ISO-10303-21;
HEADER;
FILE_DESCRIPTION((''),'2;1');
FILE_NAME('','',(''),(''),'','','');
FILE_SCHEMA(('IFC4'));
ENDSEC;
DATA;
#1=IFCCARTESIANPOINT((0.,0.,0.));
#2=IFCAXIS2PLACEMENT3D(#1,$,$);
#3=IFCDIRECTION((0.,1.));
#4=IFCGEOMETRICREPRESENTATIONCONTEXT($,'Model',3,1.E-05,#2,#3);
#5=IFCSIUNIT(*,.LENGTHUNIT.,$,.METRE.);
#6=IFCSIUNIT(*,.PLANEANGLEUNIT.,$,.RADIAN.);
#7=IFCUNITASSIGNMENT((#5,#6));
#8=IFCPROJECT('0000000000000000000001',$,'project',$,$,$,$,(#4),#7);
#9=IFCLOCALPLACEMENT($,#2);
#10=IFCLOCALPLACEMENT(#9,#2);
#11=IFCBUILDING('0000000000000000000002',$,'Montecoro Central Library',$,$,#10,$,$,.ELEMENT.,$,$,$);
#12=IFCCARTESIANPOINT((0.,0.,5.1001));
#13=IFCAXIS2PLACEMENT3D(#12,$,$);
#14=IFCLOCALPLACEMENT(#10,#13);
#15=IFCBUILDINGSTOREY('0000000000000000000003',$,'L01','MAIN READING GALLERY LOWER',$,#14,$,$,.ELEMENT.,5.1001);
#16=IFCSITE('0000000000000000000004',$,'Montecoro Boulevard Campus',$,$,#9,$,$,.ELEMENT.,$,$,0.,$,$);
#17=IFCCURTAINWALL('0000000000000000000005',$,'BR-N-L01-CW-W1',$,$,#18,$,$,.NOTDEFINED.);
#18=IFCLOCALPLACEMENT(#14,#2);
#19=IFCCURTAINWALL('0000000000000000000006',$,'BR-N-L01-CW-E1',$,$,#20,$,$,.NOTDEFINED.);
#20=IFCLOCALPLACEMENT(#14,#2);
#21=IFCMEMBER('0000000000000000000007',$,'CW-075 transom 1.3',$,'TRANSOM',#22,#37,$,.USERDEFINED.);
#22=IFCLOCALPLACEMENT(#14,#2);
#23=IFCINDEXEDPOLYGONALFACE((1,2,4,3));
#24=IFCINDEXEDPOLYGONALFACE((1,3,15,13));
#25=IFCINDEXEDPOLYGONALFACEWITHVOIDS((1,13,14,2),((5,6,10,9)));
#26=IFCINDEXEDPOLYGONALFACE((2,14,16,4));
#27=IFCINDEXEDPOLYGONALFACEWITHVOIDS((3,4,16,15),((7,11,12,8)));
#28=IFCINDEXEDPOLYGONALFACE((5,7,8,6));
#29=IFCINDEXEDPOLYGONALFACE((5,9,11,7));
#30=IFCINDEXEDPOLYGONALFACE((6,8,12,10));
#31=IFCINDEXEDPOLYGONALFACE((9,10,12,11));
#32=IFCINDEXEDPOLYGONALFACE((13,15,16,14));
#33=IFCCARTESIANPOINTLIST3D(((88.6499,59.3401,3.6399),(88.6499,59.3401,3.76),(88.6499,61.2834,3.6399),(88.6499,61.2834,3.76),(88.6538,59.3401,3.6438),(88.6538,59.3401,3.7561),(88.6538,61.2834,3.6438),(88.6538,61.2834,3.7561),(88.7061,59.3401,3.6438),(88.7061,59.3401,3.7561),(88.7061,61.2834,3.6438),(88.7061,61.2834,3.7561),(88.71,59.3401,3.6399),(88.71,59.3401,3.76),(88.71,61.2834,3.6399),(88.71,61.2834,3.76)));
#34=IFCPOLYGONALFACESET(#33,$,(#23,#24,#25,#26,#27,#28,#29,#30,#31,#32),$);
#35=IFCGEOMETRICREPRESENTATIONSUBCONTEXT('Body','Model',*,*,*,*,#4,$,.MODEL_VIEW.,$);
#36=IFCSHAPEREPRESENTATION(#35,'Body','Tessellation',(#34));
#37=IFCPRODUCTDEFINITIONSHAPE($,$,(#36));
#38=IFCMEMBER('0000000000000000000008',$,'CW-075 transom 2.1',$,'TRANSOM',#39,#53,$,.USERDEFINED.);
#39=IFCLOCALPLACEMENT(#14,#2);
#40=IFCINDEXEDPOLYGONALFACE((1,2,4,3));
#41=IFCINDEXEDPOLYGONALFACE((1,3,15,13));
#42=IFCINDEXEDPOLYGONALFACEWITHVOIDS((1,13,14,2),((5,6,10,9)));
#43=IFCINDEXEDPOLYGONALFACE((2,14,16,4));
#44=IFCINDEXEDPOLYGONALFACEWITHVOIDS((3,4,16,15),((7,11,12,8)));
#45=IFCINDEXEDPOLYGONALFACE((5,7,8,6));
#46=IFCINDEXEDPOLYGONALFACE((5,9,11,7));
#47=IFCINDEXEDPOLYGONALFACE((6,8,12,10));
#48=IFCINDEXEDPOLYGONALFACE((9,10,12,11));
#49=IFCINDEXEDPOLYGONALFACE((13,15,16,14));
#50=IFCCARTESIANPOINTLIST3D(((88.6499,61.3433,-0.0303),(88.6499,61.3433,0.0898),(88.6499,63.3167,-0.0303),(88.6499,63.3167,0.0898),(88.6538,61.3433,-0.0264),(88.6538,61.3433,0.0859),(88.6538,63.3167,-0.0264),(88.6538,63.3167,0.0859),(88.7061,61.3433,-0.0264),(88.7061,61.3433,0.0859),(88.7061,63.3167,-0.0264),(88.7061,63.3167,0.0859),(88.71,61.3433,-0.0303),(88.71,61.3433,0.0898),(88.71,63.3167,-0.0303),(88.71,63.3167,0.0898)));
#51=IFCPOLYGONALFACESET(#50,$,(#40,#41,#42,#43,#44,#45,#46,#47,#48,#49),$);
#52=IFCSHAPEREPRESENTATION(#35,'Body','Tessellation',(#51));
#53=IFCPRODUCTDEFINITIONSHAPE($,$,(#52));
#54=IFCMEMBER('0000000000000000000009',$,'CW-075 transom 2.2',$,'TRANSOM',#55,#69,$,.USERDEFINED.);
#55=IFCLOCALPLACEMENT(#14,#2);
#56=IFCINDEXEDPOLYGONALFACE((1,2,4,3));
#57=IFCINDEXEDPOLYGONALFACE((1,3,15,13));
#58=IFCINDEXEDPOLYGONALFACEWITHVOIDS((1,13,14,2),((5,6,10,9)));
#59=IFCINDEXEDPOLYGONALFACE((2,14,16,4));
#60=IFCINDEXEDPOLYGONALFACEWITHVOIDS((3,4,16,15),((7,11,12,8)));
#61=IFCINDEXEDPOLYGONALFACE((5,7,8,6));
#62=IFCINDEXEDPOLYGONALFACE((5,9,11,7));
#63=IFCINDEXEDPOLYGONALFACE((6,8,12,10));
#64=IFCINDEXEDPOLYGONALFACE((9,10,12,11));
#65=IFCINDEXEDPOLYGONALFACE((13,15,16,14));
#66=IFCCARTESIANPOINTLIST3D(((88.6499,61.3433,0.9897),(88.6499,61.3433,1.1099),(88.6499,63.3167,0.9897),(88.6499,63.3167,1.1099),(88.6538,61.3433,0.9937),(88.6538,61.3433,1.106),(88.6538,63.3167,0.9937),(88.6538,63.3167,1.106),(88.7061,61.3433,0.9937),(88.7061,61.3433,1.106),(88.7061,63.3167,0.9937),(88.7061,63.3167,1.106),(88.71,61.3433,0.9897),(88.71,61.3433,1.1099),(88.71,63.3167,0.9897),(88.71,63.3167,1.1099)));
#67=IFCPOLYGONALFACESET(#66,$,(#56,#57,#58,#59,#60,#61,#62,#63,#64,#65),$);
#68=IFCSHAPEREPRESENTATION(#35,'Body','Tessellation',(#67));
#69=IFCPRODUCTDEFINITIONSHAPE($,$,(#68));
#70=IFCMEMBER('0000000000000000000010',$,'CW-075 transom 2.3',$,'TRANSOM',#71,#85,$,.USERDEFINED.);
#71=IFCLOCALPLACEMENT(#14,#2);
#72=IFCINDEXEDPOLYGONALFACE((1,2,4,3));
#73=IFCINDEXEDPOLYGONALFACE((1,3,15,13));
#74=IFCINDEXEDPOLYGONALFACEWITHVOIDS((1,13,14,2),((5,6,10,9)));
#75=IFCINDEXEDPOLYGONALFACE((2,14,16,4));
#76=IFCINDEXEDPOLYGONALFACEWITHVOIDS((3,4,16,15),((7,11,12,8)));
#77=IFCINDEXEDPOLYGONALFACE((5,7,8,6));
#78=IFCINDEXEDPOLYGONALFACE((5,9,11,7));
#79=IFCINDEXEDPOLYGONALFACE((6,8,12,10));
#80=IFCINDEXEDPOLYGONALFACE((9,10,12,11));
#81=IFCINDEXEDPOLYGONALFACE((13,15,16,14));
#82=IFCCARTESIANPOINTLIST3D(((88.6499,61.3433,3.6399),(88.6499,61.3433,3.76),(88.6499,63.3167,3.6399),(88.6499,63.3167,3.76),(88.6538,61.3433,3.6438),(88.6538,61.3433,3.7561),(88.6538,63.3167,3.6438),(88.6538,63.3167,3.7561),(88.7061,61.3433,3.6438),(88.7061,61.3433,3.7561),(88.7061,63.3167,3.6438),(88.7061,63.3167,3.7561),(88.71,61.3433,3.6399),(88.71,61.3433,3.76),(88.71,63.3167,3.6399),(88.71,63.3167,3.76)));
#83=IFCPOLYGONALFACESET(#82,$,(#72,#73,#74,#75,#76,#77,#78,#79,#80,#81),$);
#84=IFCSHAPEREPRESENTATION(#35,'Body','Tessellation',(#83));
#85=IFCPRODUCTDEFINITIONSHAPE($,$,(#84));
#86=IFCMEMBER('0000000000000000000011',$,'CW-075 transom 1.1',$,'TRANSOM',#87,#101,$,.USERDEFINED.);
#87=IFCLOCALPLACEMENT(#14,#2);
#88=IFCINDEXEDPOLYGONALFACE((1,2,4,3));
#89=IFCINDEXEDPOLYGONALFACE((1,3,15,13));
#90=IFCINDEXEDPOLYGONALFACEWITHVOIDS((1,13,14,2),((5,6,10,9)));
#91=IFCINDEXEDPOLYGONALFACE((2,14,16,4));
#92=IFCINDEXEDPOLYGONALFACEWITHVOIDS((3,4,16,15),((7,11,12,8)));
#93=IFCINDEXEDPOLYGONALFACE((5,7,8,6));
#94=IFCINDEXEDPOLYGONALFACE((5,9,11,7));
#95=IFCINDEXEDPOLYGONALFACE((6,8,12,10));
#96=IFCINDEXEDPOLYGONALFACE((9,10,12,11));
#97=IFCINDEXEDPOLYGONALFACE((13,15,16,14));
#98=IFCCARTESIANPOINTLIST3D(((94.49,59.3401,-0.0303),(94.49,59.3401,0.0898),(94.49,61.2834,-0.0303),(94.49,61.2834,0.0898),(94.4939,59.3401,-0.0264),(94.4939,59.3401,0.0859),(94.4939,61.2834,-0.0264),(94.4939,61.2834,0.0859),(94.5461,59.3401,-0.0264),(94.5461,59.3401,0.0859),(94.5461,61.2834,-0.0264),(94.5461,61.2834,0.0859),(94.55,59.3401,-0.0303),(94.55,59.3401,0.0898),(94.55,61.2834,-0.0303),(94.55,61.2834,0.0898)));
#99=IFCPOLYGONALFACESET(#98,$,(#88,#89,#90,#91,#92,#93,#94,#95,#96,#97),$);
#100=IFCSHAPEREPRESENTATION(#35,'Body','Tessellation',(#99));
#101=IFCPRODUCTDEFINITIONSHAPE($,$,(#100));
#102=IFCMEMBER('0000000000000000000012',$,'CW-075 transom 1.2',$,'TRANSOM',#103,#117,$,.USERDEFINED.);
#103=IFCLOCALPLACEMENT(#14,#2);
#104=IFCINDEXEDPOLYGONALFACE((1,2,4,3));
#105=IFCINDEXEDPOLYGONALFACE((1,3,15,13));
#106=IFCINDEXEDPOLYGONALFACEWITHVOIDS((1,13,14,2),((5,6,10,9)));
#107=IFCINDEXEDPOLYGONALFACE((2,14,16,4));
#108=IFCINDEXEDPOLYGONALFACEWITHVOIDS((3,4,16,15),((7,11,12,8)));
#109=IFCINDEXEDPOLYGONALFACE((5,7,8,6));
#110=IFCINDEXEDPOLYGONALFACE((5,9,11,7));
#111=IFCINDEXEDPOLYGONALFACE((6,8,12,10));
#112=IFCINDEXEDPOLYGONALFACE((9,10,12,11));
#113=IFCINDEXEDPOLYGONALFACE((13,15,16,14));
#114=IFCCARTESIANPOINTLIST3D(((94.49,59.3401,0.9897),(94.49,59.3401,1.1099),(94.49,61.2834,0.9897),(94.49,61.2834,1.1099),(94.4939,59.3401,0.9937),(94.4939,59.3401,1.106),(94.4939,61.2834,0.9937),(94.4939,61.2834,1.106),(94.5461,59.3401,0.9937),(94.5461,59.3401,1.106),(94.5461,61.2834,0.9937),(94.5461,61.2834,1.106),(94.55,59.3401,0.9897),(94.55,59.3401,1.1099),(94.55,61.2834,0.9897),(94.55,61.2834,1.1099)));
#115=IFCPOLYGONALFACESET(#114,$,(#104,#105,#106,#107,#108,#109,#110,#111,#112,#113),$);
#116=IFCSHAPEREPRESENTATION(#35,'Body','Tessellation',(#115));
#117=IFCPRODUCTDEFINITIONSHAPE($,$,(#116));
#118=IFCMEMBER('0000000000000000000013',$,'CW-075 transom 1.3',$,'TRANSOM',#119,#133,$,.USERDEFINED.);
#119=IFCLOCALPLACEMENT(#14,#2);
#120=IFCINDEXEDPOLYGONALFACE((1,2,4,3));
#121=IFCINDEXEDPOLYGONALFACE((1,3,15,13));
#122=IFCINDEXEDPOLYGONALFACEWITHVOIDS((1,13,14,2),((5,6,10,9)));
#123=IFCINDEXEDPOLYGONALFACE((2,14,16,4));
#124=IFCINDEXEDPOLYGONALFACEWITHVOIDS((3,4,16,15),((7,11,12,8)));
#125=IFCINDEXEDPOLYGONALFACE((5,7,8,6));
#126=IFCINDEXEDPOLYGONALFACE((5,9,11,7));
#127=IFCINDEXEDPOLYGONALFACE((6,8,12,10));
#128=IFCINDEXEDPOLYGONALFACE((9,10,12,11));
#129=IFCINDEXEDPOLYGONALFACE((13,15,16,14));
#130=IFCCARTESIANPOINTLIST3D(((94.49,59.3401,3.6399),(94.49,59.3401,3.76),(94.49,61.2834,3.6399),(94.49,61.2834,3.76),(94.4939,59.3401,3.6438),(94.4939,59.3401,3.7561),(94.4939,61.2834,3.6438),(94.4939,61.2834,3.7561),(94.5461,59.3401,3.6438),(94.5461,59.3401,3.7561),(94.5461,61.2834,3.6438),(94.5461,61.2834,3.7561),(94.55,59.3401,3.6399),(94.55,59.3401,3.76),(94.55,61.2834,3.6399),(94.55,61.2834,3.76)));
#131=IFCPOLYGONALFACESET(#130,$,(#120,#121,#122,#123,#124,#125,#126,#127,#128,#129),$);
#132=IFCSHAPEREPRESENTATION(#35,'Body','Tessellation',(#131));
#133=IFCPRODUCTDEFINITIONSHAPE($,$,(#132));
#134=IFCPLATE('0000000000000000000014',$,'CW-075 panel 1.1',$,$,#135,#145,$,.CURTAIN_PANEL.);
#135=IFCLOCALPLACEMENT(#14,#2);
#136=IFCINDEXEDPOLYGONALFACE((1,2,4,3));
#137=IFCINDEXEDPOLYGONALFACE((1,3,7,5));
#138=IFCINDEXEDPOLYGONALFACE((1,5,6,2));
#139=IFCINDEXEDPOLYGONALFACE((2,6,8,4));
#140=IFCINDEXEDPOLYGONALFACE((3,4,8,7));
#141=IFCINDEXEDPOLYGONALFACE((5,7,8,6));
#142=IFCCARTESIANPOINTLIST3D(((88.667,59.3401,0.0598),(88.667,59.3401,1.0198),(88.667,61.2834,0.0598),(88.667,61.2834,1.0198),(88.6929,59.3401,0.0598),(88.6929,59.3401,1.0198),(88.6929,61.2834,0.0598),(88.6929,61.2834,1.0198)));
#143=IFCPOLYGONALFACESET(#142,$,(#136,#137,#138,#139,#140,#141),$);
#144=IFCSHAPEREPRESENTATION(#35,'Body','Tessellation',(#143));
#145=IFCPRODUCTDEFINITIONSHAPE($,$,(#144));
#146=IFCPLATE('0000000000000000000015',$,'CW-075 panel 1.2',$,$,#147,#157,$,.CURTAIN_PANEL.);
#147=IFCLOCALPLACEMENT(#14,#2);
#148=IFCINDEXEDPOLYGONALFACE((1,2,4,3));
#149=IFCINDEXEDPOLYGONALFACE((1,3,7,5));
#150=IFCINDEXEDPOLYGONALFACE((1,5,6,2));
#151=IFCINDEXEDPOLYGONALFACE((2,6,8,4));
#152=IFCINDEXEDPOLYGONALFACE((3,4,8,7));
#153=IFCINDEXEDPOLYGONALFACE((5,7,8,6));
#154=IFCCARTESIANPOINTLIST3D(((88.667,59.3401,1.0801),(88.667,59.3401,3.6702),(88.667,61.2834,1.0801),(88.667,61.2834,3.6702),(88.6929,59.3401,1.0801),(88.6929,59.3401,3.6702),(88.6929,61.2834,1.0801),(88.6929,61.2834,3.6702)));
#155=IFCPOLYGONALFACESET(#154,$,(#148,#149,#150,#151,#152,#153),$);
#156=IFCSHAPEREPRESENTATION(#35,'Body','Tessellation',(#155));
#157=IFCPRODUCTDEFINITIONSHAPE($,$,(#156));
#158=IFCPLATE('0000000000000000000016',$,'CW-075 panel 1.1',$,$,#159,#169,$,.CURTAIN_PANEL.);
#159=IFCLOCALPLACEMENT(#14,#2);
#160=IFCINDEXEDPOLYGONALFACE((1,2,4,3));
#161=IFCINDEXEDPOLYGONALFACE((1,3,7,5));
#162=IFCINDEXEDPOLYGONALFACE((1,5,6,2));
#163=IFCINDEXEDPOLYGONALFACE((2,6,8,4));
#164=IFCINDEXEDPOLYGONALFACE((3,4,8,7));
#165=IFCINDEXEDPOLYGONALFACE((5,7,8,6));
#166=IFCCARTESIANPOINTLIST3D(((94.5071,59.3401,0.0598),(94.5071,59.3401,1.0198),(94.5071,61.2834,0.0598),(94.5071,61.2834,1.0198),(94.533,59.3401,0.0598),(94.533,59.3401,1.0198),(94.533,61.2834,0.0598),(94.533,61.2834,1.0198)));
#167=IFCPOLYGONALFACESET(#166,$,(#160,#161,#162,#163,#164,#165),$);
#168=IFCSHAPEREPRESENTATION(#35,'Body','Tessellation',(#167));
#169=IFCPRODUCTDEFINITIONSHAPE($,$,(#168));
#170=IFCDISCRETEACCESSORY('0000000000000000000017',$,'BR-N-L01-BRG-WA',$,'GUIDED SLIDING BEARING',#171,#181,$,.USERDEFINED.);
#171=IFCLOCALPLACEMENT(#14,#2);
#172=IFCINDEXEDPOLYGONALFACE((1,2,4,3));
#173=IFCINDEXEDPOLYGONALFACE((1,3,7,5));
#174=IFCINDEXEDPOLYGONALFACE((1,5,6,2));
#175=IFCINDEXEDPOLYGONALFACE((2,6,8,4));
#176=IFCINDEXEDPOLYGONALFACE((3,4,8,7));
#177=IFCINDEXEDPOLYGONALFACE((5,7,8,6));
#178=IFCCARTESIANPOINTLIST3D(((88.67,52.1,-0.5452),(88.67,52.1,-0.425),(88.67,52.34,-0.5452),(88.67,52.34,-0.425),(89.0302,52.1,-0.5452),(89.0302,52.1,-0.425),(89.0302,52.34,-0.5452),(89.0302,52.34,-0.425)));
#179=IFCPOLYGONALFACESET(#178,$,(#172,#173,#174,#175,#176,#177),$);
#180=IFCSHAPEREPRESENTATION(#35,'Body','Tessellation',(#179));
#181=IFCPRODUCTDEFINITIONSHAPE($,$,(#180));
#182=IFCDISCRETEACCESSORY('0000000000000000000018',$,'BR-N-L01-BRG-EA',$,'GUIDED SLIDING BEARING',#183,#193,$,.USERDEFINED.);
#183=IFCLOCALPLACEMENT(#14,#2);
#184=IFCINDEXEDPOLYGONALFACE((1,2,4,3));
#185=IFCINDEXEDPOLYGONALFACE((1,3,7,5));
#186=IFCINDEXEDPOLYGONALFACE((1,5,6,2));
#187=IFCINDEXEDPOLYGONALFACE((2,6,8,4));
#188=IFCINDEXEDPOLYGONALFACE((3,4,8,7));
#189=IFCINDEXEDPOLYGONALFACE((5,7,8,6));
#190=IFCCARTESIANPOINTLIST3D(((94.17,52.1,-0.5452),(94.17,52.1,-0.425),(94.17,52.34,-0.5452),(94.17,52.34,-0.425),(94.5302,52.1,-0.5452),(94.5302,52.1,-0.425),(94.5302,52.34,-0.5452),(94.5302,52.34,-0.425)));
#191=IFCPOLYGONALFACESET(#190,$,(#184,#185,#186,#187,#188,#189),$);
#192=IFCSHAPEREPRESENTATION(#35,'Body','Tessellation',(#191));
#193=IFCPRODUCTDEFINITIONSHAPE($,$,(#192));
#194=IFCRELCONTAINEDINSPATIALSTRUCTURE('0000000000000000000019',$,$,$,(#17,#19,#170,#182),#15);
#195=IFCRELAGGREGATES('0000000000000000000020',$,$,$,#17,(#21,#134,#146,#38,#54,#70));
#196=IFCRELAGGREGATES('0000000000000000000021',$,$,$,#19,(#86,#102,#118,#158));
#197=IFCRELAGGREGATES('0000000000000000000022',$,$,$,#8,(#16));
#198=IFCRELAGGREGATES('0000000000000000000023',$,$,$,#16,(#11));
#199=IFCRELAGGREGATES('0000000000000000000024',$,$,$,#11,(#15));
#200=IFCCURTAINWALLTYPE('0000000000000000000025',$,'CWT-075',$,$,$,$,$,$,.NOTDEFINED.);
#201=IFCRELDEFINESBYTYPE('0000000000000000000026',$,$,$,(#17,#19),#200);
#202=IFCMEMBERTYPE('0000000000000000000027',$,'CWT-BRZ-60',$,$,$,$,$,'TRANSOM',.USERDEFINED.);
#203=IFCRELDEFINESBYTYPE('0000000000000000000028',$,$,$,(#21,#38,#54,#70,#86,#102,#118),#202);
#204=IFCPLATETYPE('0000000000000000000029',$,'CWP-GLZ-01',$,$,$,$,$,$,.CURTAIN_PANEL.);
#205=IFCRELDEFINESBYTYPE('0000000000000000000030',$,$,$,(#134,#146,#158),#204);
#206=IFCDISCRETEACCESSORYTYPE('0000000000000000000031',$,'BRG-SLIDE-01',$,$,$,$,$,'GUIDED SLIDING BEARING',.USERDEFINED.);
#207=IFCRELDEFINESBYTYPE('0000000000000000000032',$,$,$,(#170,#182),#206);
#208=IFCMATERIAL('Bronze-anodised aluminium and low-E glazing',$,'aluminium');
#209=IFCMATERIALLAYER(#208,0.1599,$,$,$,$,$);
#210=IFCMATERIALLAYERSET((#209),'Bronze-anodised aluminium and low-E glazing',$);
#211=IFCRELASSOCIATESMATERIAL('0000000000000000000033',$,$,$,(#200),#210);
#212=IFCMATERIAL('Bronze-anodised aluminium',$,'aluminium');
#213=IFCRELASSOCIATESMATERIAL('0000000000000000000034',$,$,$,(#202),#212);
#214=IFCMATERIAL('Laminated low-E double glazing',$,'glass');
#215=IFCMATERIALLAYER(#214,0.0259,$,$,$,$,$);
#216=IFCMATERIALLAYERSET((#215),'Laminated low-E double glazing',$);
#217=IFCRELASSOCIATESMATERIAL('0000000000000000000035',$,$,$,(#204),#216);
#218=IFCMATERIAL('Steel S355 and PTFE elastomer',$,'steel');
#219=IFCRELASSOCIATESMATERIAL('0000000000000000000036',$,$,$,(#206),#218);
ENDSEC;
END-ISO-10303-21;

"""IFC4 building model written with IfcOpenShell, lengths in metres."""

from ifc_helpers import new_model, si_unit, direction, frame, origin, origin_2d, place, context, subcontext, project, spatial, rectangle, hollow_rectangle, extrude, material, layer, layer_set, material_profile, profile_set, type_object, element, aggregate, save


model = new_model("IFC4")

# Units and contexts
model_context = context("Model", 3, precision=1e-05, world=origin(), true_north=direction((0.0, 1.0)))
body_context = subcontext(model_context, "Body", "Model", "MODEL_VIEW")
ifc_project = project(units=[si_unit("LENGTHUNIT", "METRE"), si_unit("PLANEANGLEUNIT", "RADIAN")], contexts=[model_context])

# Site, building, storey
site_placement = place(None, origin())
site = spatial("IfcSite", under=ifc_project, at=site_placement, Name="Montecoro Boulevard Campus", CompositionType="ELEMENT", RefElevation=0.0)
building_placement = place(site_placement, origin())
building = spatial("IfcBuilding", under=site, at=building_placement, Name="Montecoro Central Library", CompositionType="ELEMENT")
storey_placement = place(building_placement, frame((0.0, 0.0, 5.1001)))
storey = spatial("IfcBuildingStorey", under=building, at=storey_placement, Name="L01", Description="MAIN READING GALLERY LOWER", CompositionType="ELEMENT", Elevation=5.1001)

# Curtain wall
ifc_material_1 = material(Name="Bronze-anodised aluminium and low-E glazing", Category="aluminium")
ifc_layer_1 = layer(ifc_material_1, 0.1599)
ifc_layer_set_1 = layer_set([ifc_layer_1], Name="Bronze-anodised aluminium and low-E glazing")
curtain_wall_type = type_object("IfcCurtainWallType", Name="CWT-075", PredefinedType="NOTDEFINED", material=ifc_layer_set_1)
curtain_wall_1_placement = place(storey_placement, origin())
curtain_wall_1 = element("IfcCurtainWall", 1, at=curtain_wall_1_placement, inside=storey, type_object=curtain_wall_type, Name="BR-N-L01-CW-W1", PredefinedType="NOTDEFINED")
ifc_material_2 = material(Name="Bronze-anodised aluminium", Category="aluminium")

# Curtain wall
curtain_wall_2_placement = place(storey_placement, origin())
curtain_wall_2 = element("IfcCurtainWall", 2, at=curtain_wall_2_placement, inside=storey, type_object=curtain_wall_type, Name="BR-N-L01-CW-E1", PredefinedType="NOTDEFINED")

# Members
ifc_material_profile_1 = material_profile(ifc_material_2, hollow_rectangle(XDim=0.0601, YDim=0.1201, WallThickness=0.0039, at=origin_2d()), Name="CWT 120x60x4.0")
ifc_profile_set_1 = profile_set([ifc_material_profile_1], Name="Bronze-anodised aluminium")
member_type_1 = type_object("IfcMemberType", Name="CWT-BRZ-60", ElementType="TRANSOM", PredefinedType="USERDEFINED", material=ifc_profile_set_1)
member_1_placement = place(storey_placement, frame((88.6799, 59.3401, 3.7), z_axis=(0.0, 1.0, 0.0), x_axis=(-1.0, 0.0, 0.0)))
member_1 = element("IfcMember", 3, at=member_1_placement, type_object=member_type_1, Name="CW-075 transom 1.3", ObjectType="TRANSOM", PredefinedType="USERDEFINED", context=body_context, shape_type="SweptSolid", body=[
    extrude(hollow_rectangle(XDim=0.0601, YDim=0.1201, WallThickness=0.0039, at=origin_2d()), origin(), (0.0, 0.0, 1.0), 1.9434),
])
member_2_placement = place(storey_placement, frame((88.6799, 61.3433, 0.0298), z_axis=(0.0, 1.0, 0.0), x_axis=(-1.0, 0.0, 0.0)))
member_2 = element("IfcMember", 4, at=member_2_placement, type_object=member_type_1, Name="CW-075 transom 2.1", ObjectType="TRANSOM", PredefinedType="USERDEFINED", context=body_context, shape_type="SweptSolid", body=[
    extrude(hollow_rectangle(XDim=0.0601, YDim=0.1201, WallThickness=0.0039, at=origin_2d()), origin(), (0.0, 0.0, 1.0), 1.9734),
])
member_3_placement = place(storey_placement, frame((88.6799, 61.3433, 1.0498), z_axis=(0.0, 1.0, 0.0), x_axis=(-1.0, 0.0, 0.0)))
member_3 = element("IfcMember", 5, at=member_3_placement, type_object=member_type_1, Name="CW-075 transom 2.2", ObjectType="TRANSOM", PredefinedType="USERDEFINED", context=body_context, shape_type="SweptSolid", body=[
    extrude(hollow_rectangle(XDim=0.0601, YDim=0.1201, WallThickness=0.0039, at=origin_2d()), origin(), (0.0, 0.0, 1.0), 1.9734),
])
member_4_placement = place(storey_placement, frame((88.6799, 61.3433, 3.7), z_axis=(0.0, 1.0, 0.0), x_axis=(-1.0, 0.0, 0.0)))
member_4 = element("IfcMember", 6, at=member_4_placement, type_object=member_type_1, Name="CW-075 transom 2.3", ObjectType="TRANSOM", PredefinedType="USERDEFINED", context=body_context, shape_type="SweptSolid", body=[
    extrude(hollow_rectangle(XDim=0.0601, YDim=0.1201, WallThickness=0.0039, at=origin_2d()), origin(), (0.0, 0.0, 1.0), 1.9734),
])
member_5_placement = place(storey_placement, frame((94.52, 59.3401, 0.0298), z_axis=(0.0, 1.0, 0.0), x_axis=(-1.0, 0.0, 0.0)))
member_5 = element("IfcMember", 7, at=member_5_placement, type_object=member_type_1, Name="CW-075 transom 1.1", ObjectType="TRANSOM", PredefinedType="USERDEFINED", context=body_context, shape_type="SweptSolid", body=[
    extrude(hollow_rectangle(XDim=0.0601, YDim=0.1201, WallThickness=0.0039, at=origin_2d()), origin(), (0.0, 0.0, 1.0), 1.9434),
])
member_6_placement = place(storey_placement, frame((94.52, 59.3401, 1.0498), z_axis=(0.0, 1.0, 0.0), x_axis=(-1.0, 0.0, 0.0)))
member_6 = element("IfcMember", 8, at=member_6_placement, type_object=member_type_1, Name="CW-075 transom 1.2", ObjectType="TRANSOM", PredefinedType="USERDEFINED", context=body_context, shape_type="SweptSolid", body=[
    extrude(hollow_rectangle(XDim=0.0601, YDim=0.1201, WallThickness=0.0039, at=origin_2d()), origin(), (0.0, 0.0, 1.0), 1.9434),
])
member_7_placement = place(storey_placement, frame((94.52, 59.3401, 3.7), z_axis=(0.0, 1.0, 0.0), x_axis=(-1.0, 0.0, 0.0)))
member_7 = element("IfcMember", 9, at=member_7_placement, type_object=member_type_1, Name="CW-075 transom 1.3", ObjectType="TRANSOM", PredefinedType="USERDEFINED", context=body_context, shape_type="SweptSolid", body=[
    extrude(hollow_rectangle(XDim=0.0601, YDim=0.1201, WallThickness=0.0039, at=origin_2d()), origin(), (0.0, 0.0, 1.0), 1.9434),
])

# Plates
ifc_material_3 = material(Name="Laminated low-E double glazing", Category="glass")
ifc_layer_2 = layer(ifc_material_3, 0.0259)
ifc_layer_set_2 = layer_set([ifc_layer_2], Name="Laminated low-E double glazing")
plate_type = type_object("IfcPlateType", Name="CWP-GLZ-01", PredefinedType="CURTAIN_PANEL", material=ifc_layer_set_2)
plate_1_placement = place(storey_placement, frame((88.6799, 60.3118, 0.0598), z_axis=(0.0, 0.0, 1.0), x_axis=(0.0, 1.0, 0.0)))
plate_1 = element("IfcPlate", 10, at=plate_1_placement, type_object=plate_type, Name="CW-075 panel 1.1", PredefinedType="CURTAIN_PANEL", context=body_context, shape_type="SweptSolid", body=[
    extrude(rectangle(XDim=1.9434, YDim=0.0259, at=origin_2d()), origin(), (0.0, 0.0, 1.0), 0.96),
])
plate_2_placement = place(storey_placement, frame((88.6799, 60.3118, 1.0801), z_axis=(0.0, 0.0, 1.0), x_axis=(0.0, 1.0, 0.0)))
plate_2 = element("IfcPlate", 11, at=plate_2_placement, type_object=plate_type, Name="CW-075 panel 1.2", PredefinedType="CURTAIN_PANEL", context=body_context, shape_type="SweptSolid", body=[
    extrude(rectangle(XDim=1.9434, YDim=0.0259, at=origin_2d()), origin(), (0.0, 0.0, 1.0), 2.5901),
])
aggregate(curtain_wall_1, [member_1, plate_1, plate_2, member_2, member_3, member_4])
plate_3_placement = place(storey_placement, frame((94.52, 60.3118, 0.0598), z_axis=(0.0, 0.0, 1.0), x_axis=(0.0, 1.0, 0.0)))
plate_3 = element("IfcPlate", 12, at=plate_3_placement, type_object=plate_type, Name="CW-075 panel 1.1", PredefinedType="CURTAIN_PANEL", context=body_context, shape_type="SweptSolid", body=[
    extrude(rectangle(XDim=1.9434, YDim=0.0259, at=origin_2d()), origin(), (0.0, 0.0, 1.0), 0.96),
])
aggregate(curtain_wall_2, [member_5, member_6, member_7, plate_3])

# Discrete accessories
ifc_material_4 = material(Name="Steel S355 and PTFE elastomer", Category="steel")
discrete_accessory_type_1 = type_object("IfcDiscreteAccessoryType", Name="BRG-SLIDE-01", ElementType="GUIDED SLIDING BEARING", PredefinedType="USERDEFINED", material=ifc_material_4)
for number, where, z_axis, x_axis, name in (
    (13, (88.8501, 52.22, -0.5452), (0.0, 0.0, 1.0), (1.0, 0.0, 0.0), "BR-N-L01-BRG-WA"),
    (14, (94.3501, 52.22, -0.5452), (0.0, 0.0, 1.0), (1.0, 0.0, 0.0), "BR-N-L01-BRG-EA"),
):
    element("IfcDiscreteAccessory", number, at=place(storey_placement, frame(where, z_axis=z_axis, x_axis=x_axis)), inside=storey, type_object=discrete_accessory_type_1, Name=name, ObjectType="GUIDED SLIDING BEARING", PredefinedType="USERDEFINED", context=body_context, shape_type="SweptSolid", body=[
        extrude(rectangle(XDim=0.3601, YDim=0.24, at=origin_2d()), origin(), (0.0, 0.0, 1.0), 0.1201),
    ])

save(model, "model.ifc")
